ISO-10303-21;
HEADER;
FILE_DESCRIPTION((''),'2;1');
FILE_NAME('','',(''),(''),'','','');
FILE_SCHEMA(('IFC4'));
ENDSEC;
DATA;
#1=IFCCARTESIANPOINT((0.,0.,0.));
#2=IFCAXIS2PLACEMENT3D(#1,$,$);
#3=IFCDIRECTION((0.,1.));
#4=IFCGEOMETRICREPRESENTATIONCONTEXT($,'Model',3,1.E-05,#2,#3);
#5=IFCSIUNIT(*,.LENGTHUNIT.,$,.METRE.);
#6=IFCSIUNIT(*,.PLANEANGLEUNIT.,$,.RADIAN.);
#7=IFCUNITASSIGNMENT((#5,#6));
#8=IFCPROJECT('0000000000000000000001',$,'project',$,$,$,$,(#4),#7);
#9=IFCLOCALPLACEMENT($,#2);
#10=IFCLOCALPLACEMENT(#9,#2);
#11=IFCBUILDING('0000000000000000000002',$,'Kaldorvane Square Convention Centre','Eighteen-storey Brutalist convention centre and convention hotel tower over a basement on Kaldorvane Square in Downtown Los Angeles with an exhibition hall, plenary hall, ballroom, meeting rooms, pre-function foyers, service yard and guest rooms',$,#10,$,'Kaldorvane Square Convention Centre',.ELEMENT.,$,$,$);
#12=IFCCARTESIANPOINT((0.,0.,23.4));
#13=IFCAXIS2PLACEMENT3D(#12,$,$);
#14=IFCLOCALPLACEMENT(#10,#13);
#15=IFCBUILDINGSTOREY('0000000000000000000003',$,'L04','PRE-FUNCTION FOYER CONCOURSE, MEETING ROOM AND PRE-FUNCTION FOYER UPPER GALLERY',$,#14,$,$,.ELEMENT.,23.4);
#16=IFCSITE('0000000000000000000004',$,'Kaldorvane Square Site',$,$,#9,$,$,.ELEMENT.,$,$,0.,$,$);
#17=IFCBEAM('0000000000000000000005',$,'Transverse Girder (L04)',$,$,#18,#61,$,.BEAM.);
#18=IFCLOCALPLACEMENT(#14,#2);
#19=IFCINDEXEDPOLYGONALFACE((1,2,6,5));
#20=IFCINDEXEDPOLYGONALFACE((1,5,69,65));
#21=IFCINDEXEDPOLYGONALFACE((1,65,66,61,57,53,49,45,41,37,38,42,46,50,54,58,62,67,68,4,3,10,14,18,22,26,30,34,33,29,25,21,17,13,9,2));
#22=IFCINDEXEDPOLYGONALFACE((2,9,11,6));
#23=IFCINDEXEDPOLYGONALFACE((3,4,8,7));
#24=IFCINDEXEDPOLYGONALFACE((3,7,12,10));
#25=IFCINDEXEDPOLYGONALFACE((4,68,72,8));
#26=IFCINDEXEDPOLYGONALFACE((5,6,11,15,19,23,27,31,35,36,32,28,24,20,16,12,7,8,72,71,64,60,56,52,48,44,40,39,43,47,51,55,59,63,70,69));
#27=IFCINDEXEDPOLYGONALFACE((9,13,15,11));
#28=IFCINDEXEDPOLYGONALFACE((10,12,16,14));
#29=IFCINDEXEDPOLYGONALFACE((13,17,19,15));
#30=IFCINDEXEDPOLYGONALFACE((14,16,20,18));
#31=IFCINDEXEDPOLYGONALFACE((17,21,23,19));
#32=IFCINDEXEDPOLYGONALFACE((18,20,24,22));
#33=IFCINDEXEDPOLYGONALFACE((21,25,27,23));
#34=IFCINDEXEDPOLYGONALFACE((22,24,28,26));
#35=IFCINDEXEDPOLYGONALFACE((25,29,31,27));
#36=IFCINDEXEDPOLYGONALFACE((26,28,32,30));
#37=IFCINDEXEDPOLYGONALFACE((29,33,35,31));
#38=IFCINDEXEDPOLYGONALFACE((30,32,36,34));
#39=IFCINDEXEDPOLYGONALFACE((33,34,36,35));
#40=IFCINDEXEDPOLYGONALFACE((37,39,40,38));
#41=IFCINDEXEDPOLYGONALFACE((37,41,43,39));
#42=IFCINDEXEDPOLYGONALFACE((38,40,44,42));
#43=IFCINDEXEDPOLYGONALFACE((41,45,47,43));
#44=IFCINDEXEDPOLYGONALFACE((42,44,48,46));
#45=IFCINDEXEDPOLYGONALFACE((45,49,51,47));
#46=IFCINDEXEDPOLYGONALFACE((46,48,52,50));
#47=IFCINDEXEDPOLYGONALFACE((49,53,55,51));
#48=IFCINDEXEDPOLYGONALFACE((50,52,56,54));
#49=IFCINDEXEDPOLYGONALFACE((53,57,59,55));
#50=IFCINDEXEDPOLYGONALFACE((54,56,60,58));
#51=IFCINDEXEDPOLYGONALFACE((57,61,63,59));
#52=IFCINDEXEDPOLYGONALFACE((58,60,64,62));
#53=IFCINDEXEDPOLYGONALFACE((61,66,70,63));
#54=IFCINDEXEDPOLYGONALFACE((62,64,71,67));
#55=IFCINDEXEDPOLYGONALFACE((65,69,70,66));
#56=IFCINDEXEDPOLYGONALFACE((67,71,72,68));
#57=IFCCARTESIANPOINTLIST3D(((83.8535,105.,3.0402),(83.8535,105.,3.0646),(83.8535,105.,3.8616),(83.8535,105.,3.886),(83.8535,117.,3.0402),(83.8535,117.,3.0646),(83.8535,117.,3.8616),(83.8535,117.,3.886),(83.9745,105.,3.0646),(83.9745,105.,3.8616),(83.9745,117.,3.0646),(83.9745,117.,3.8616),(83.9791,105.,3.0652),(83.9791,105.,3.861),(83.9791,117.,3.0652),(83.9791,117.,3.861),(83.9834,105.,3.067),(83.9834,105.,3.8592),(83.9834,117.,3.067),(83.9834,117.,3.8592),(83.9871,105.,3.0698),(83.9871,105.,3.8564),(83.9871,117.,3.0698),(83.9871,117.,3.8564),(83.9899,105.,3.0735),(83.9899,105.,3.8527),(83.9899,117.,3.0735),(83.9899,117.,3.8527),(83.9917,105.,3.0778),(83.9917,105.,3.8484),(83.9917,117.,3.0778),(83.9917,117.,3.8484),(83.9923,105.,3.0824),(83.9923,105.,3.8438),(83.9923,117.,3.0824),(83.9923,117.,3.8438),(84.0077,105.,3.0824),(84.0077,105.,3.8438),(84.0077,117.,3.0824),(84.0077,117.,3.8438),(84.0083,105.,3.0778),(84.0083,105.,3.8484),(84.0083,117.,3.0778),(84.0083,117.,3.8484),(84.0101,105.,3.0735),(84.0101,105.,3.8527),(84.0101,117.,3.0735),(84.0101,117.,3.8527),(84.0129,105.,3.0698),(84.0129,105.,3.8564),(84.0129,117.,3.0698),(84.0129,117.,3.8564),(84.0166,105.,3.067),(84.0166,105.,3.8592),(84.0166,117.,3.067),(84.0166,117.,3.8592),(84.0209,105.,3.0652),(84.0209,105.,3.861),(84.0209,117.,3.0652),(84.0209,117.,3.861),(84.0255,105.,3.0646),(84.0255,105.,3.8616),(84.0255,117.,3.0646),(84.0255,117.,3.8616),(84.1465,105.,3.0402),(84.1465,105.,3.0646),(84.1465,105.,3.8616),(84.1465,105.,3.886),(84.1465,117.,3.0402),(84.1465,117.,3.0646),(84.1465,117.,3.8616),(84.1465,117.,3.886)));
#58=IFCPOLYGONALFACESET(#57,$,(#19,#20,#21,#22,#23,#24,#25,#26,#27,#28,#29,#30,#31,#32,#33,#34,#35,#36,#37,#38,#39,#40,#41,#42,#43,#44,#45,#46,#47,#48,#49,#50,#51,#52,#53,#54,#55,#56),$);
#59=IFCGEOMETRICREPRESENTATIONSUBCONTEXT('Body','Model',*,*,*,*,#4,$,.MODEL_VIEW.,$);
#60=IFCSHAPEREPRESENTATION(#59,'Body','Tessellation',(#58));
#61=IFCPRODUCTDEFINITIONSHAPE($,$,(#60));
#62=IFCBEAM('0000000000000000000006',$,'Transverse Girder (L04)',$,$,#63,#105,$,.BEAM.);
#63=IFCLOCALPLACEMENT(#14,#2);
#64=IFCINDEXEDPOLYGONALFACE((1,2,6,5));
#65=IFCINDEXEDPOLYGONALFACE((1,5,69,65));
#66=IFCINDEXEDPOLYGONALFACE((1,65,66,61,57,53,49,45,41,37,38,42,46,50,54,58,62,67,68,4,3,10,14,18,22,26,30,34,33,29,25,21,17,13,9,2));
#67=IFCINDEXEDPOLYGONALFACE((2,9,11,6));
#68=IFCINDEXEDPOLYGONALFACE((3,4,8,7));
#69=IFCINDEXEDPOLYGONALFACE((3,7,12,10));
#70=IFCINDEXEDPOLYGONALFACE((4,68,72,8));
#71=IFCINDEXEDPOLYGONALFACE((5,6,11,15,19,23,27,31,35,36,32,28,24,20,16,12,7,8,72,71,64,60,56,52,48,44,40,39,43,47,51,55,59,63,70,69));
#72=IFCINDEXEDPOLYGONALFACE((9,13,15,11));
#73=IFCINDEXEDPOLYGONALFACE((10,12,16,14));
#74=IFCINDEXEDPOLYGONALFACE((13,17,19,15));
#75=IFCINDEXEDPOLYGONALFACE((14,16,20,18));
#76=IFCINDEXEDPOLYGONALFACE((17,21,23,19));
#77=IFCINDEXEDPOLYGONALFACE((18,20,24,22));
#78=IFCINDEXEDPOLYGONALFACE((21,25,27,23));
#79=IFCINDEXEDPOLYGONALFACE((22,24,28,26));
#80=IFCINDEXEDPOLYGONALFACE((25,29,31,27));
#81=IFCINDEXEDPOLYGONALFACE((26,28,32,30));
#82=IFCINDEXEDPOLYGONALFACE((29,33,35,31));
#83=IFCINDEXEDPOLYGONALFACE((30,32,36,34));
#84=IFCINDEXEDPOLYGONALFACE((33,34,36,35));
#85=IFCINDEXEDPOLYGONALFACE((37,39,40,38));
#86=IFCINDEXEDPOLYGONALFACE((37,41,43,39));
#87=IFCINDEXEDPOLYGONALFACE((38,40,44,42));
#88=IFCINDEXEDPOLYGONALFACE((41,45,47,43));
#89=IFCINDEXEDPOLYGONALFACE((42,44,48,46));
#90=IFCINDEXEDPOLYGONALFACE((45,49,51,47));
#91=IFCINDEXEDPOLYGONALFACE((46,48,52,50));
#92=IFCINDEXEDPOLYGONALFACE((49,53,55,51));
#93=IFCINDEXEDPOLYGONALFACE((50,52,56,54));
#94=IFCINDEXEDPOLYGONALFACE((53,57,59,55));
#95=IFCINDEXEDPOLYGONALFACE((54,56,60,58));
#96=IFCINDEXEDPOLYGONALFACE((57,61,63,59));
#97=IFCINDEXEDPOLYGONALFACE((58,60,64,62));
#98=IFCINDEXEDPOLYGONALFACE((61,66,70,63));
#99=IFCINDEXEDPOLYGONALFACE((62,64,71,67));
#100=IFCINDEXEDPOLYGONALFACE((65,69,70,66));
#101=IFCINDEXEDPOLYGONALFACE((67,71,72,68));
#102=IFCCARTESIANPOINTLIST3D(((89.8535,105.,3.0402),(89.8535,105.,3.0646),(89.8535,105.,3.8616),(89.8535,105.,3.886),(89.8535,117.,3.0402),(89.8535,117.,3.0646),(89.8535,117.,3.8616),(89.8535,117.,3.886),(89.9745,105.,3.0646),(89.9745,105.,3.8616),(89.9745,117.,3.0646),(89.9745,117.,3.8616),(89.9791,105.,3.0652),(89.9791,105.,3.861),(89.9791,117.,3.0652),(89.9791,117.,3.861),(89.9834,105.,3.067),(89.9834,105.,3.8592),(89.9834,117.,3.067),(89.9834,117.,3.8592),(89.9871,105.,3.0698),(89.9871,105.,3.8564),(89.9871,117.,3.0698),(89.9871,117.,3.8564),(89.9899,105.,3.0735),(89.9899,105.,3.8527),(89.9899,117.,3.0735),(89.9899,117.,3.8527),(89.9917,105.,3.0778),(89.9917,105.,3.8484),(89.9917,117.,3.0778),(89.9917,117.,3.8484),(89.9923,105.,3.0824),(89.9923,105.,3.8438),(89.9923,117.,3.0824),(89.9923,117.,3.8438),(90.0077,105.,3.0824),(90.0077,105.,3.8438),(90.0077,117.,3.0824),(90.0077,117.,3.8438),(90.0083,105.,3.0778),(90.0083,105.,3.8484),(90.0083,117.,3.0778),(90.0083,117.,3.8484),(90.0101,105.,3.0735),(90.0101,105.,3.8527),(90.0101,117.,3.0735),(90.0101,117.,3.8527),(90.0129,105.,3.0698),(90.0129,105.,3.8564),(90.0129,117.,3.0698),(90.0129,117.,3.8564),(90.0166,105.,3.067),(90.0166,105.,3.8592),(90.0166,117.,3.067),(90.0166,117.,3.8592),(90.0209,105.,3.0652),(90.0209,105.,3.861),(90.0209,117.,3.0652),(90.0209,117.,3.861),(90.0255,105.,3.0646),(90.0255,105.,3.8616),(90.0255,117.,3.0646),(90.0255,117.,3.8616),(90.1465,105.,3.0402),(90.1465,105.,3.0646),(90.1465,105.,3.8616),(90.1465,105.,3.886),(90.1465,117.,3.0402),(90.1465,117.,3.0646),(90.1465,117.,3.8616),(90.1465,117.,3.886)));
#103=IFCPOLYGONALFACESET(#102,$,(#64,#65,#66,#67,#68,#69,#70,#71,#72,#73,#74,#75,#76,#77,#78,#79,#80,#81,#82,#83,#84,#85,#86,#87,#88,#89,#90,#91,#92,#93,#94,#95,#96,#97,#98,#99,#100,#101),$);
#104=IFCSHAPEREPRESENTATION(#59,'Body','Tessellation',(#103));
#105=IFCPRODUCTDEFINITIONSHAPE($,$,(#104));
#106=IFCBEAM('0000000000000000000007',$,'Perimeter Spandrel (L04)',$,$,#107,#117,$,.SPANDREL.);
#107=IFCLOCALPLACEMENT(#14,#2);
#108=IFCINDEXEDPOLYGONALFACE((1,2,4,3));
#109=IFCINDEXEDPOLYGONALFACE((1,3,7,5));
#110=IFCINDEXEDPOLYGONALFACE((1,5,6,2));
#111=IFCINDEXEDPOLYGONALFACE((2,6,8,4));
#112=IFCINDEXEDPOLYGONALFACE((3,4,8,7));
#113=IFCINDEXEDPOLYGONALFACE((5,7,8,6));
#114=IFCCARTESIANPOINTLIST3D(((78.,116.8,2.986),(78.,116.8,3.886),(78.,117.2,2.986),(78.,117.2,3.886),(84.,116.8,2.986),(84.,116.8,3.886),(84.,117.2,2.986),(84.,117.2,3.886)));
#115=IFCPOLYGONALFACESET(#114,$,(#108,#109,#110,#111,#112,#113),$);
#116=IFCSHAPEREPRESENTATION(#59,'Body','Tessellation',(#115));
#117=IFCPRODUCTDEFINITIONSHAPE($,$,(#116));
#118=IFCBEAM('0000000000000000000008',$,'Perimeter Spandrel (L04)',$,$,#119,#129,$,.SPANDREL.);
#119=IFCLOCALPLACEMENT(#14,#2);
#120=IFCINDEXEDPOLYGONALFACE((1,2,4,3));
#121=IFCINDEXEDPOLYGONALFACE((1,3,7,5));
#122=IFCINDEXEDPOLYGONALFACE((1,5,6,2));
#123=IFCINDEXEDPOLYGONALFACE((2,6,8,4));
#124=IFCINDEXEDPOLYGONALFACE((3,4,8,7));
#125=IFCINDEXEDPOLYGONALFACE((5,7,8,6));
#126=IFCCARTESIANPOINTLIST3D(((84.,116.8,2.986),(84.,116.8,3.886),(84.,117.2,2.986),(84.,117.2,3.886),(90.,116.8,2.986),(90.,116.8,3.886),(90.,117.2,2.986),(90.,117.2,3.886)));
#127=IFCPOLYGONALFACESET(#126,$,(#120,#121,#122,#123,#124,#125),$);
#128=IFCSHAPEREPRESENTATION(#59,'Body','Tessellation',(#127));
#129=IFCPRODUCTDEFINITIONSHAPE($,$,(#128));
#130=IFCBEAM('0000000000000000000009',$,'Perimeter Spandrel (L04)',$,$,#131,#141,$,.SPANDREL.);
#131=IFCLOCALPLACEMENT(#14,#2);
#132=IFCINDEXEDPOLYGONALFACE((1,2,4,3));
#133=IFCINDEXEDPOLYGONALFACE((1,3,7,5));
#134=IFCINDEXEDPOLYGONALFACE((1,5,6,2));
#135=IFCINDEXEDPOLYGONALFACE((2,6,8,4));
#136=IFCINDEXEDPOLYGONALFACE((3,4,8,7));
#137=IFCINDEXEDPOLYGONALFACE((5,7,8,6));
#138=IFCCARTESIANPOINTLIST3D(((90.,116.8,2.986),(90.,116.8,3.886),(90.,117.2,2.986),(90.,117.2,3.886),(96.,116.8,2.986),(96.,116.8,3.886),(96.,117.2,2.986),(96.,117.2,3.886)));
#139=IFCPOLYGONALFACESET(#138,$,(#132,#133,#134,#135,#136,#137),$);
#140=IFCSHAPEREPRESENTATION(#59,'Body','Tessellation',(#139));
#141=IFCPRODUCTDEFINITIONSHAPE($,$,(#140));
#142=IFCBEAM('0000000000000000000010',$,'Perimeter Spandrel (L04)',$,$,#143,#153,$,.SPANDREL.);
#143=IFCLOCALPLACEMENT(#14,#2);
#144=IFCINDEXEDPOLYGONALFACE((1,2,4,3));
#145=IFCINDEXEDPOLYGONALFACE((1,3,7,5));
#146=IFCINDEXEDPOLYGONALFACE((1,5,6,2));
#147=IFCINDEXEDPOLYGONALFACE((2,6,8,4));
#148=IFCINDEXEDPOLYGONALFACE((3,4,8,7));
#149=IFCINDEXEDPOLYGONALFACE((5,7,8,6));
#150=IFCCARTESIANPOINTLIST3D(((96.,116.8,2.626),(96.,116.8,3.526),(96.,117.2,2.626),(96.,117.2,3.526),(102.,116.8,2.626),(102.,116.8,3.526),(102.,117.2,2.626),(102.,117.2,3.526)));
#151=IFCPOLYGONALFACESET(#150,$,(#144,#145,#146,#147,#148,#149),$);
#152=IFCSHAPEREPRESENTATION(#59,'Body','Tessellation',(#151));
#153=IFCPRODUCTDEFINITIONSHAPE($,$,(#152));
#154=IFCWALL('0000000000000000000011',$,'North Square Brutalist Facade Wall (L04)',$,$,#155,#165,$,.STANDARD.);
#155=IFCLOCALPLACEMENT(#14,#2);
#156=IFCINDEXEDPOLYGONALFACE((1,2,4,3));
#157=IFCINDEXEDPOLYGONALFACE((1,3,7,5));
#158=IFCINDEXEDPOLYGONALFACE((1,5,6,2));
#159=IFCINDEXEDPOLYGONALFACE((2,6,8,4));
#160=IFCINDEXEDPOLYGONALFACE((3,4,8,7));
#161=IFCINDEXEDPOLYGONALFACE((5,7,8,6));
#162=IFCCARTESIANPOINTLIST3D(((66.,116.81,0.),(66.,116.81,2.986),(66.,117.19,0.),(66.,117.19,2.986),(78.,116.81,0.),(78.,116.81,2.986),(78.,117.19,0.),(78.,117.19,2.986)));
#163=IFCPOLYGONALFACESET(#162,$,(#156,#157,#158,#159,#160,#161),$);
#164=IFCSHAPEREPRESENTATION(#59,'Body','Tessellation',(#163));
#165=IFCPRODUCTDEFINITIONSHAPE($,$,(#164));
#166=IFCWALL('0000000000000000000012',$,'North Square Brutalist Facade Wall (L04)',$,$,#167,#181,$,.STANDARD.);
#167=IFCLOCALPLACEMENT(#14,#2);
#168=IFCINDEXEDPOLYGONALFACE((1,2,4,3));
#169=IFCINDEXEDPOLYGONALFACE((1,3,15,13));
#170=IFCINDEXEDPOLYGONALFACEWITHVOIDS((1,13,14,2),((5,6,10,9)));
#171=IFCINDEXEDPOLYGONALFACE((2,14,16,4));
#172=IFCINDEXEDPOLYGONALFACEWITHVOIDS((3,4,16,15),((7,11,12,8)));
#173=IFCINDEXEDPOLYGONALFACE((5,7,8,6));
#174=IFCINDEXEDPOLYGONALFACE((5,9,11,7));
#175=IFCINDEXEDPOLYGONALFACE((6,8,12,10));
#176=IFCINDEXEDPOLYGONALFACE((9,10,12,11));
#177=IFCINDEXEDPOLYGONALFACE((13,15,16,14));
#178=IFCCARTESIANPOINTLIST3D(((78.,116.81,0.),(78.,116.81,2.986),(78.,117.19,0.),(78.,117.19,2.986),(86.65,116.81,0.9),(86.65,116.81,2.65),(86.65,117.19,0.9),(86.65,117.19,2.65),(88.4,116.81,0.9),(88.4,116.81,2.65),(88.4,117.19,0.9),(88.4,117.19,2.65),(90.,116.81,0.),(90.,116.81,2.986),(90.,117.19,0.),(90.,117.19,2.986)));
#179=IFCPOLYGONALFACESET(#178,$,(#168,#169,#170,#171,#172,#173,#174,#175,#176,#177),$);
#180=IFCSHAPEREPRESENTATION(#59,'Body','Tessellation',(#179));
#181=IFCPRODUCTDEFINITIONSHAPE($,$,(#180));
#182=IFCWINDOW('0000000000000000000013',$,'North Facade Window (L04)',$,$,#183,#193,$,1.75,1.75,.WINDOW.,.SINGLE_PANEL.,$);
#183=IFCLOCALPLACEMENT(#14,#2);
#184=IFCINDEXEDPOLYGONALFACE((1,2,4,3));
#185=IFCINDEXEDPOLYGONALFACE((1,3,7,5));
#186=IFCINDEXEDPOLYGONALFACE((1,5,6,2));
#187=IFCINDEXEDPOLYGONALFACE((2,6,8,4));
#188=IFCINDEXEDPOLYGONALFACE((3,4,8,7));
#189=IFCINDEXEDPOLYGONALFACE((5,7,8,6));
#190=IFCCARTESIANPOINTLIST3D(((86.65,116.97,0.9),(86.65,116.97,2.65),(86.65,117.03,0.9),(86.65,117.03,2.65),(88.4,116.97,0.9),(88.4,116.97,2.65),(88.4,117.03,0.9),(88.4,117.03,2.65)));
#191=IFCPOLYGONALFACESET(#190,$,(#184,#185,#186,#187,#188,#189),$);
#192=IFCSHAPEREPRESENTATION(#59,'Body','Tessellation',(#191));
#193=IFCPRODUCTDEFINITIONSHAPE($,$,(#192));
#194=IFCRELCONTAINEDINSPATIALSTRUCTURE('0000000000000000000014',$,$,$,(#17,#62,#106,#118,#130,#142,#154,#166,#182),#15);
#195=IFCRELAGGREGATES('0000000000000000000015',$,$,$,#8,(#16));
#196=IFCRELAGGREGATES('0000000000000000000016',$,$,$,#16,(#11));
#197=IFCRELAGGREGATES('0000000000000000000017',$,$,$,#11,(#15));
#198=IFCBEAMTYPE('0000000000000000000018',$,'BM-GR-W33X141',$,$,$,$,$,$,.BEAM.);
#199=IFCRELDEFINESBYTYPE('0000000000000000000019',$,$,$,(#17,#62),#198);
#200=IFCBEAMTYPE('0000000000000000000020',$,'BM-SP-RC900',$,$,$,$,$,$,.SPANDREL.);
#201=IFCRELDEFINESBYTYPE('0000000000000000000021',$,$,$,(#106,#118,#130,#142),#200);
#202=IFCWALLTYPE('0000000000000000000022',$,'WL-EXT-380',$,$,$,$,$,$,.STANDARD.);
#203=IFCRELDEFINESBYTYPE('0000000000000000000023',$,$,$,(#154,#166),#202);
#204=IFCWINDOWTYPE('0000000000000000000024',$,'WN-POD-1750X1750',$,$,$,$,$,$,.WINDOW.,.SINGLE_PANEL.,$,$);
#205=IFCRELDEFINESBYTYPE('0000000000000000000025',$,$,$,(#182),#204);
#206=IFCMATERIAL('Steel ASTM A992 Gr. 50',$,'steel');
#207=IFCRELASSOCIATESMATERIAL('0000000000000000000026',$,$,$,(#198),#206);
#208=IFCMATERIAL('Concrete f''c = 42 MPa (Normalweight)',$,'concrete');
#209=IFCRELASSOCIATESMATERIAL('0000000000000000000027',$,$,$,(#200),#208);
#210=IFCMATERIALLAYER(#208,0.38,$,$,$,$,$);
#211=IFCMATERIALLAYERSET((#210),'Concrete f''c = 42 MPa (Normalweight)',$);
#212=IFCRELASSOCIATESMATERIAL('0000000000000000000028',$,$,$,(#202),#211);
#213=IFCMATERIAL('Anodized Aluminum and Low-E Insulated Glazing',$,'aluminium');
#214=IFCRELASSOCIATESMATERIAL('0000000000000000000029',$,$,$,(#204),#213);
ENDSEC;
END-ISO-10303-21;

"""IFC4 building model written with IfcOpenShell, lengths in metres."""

from ifc_helpers import new_model, si_unit, direction, frame, frame_2d, origin, origin_2d, place, context, subcontext, project, spatial, rectangle, i_section, extrude, material, layer, layer_set, material_profile, profile_set, type_object, element, fill, save


model = new_model("IFC4")

# Units and contexts
model_context = context("Model", 3, precision=1e-05, world=origin(), true_north=direction((0.0, 1.0)))
body_context = subcontext(model_context, "Body", "Model", "MODEL_VIEW")
ifc_project = project(units=[si_unit("LENGTHUNIT", "METRE"), si_unit("PLANEANGLEUNIT", "RADIAN")], contexts=[model_context])

# Site, building, storey
site_placement = place(None, origin())
site = spatial("IfcSite", under=ifc_project, at=site_placement, Name="Kaldorvane Square Site", CompositionType="ELEMENT", RefElevation=0.0)
building_placement = place(site_placement, origin())
building = spatial("IfcBuilding", under=site, at=building_placement, Name="Kaldorvane Square Convention Centre", Description="Eighteen-storey Brutalist convention centre and convention hotel tower over a basement on Kaldorvane Square in Downtown Los Angeles with an exhibition hall, plenary hall, ballroom, meeting rooms, pre-function foyers, service yard and guest rooms", LongName="Kaldorvane Square Convention Centre", CompositionType="ELEMENT")
storey_placement = place(building_placement, frame((0.0, 0.0, 23.4)))
storey = spatial("IfcBuildingStorey", under=building, at=storey_placement, Name="L04", Description="PRE-FUNCTION FOYER CONCOURSE, MEETING ROOM AND PRE-FUNCTION FOYER UPPER GALLERY", CompositionType="ELEMENT", Elevation=23.4)

# Shared definitions
ifc_material_1 = material(Name="Steel ASTM A992 Gr. 50", Category="steel")

# Beams
ifc_material_profile_1 = material_profile(ifc_material_1, i_section(OverallWidth=0.293, OverallDepth=0.8458, WebThickness=0.0154, FlangeThickness=0.0244, FilletRadius=0.0178, at=origin_2d()), Name="W33X141")
ifc_profile_set_1 = profile_set([ifc_material_profile_1], Name="Steel ASTM A992 Gr. 50")
beam_type_1 = type_object("IfcBeamType", Name="BM-GR-W33X141", PredefinedType="BEAM", material=ifc_profile_set_1)
for number, where, z_axis, x_axis, name in (
    (1, (84.0, 105.0, 3.4631), (0.0, 1.0, 0.0), (-1.0, 0.0, 0.0), "Transverse Girder (L04)"),
    (2, (90.0, 105.0, 3.4631), (0.0, 1.0, 0.0), (-1.0, 0.0, 0.0), "Transverse Girder (L04)"),
):
    element("IfcBeam", number, at=place(storey_placement, frame(where, z_axis=z_axis, x_axis=x_axis)), inside=storey, type_object=beam_type_1, Name=name, PredefinedType="BEAM", context=body_context, shape_type="SweptSolid", body=[
        extrude(i_section(OverallWidth=0.293, OverallDepth=0.8458, WebThickness=0.0154, FlangeThickness=0.0244, FilletRadius=0.0178, at=origin_2d()), origin(), (0.0, 0.0, 1.0), 12.0),
    ])
ifc_material_2 = material(Name="Concrete f'c = 42 MPa (Normalweight)", Category="concrete")
ifc_material_profile_2 = material_profile(ifc_material_2, rectangle(XDim=0.4, YDim=0.9, at=origin_2d()), Name="RCSP900X400")
ifc_profile_set_2 = profile_set([ifc_material_profile_2], Name="Concrete f'c = 42 MPa (Normalweight)")
beam_type_2 = type_object("IfcBeamType", Name="BM-SP-RC900", PredefinedType="SPANDREL", material=ifc_profile_set_2)
for number, where, z_axis, x_axis, name in (
    (3, (78.0, 117.0, 3.436), (1.0, 0.0, 0.0), (0.0, 1.0, 0.0), "Perimeter Spandrel (L04)"),
    (4, (84.0, 117.0, 3.436), (1.0, 0.0, 0.0), (0.0, 1.0, 0.0), "Perimeter Spandrel (L04)"),
    (5, (90.0, 117.0, 3.436), (1.0, 0.0, 0.0), (0.0, 1.0, 0.0), "Perimeter Spandrel (L04)"),
    (6, (96.0, 117.0, 3.076), (1.0, 0.0, 0.0), (0.0, 1.0, 0.0), "Perimeter Spandrel (L04)"),
):
    element("IfcBeam", number, at=place(storey_placement, frame(where, z_axis=z_axis, x_axis=x_axis)), inside=storey, type_object=beam_type_2, Name=name, PredefinedType="SPANDREL", context=body_context, shape_type="SweptSolid", body=[
        extrude(rectangle(XDim=0.4, YDim=0.9, at=origin_2d()), origin(), (0.0, 0.0, 1.0), 6.0),
    ])

# Wall
ifc_layer = layer(ifc_material_2, 0.38)
ifc_layer_set = layer_set([ifc_layer], Name="Concrete f'c = 42 MPa (Normalweight)")
wall_type = type_object("IfcWallType", Name="WL-EXT-380", PredefinedType="STANDARD", material=ifc_layer_set)
wall_1_placement = place(storey_placement, frame((78.0, 117.0, 0.0), z_axis=(0.0, 0.0, 1.0), x_axis=(-1.0, 0.0, 0.0)))
element("IfcWall", 7, at=wall_1_placement, inside=storey, type_object=wall_type, Name="North Square Brutalist Facade Wall (L04)", PredefinedType="STANDARD", context=body_context, shape_type="SweptSolid", body=[
    extrude(rectangle(XDim=12.0, YDim=0.38, at=frame_2d((6.0, 0.0))), origin(), (0.0, 0.0, 1.0), 2.986),
])

# Wall, opening, window
wall_2_placement = place(storey_placement, frame((90.0, 117.0, 0.0), z_axis=(0.0, 0.0, 1.0), x_axis=(-1.0, 0.0, 0.0)))
wall_2 = element("IfcWall", 8, at=wall_2_placement, inside=storey, type_object=wall_type, Name="North Square Brutalist Facade Wall (L04)", PredefinedType="STANDARD", context=body_context, shape_type="SweptSolid", body=[
    extrude(rectangle(XDim=12.0, YDim=0.38, at=frame_2d((6.0, 0.0))), origin(), (0.0, 0.0, 1.0), 2.986),
])
opening_placement = place(wall_2_placement, frame((1.6, 0.0, 0.9)))
opening = element("IfcOpeningElement", 9, at=opening_placement, cuts=wall_2, PredefinedType="OPENING", context=body_context, shape_type="SweptSolid", body=[
    extrude(rectangle(XDim=1.75, YDim=1.75, at=frame_2d((0.875, 0.875))), frame((0.0, 0.205, 0.0), z_axis=(0.0, -1.0, 0.0), x_axis=(1.0, 0.0, 0.0)), (0.0, 0.0, 1.0), 0.41),
])
ifc_material_3 = material(Name="Anodized Aluminum and Low-E Insulated Glazing", Category="aluminium")
window_type = type_object("IfcWindowType", Name="WN-POD-1750X1750", PartitioningType="SINGLE_PANEL", PredefinedType="WINDOW", material=ifc_material_3)
window_placement = place(opening_placement, origin())
window = element("IfcWindow", 10, at=window_placement, inside=storey, type_object=window_type, Name="North Facade Window (L04)", OverallHeight=1.75, OverallWidth=1.75, PartitioningType="SINGLE_PANEL", PredefinedType="WINDOW", context=body_context, shape_type="SweptSolid", body=[
    extrude(rectangle(XDim=1.75, YDim=1.75, at=frame_2d((0.875, 0.875))), frame((0.0, 0.03, 0.0), z_axis=(0.0, -1.0, 0.0), x_axis=(1.0, 0.0, 0.0)), (0.0, 0.0, 1.0), 0.06),
])
fill(opening, window)

save(model, "model.ifc")
